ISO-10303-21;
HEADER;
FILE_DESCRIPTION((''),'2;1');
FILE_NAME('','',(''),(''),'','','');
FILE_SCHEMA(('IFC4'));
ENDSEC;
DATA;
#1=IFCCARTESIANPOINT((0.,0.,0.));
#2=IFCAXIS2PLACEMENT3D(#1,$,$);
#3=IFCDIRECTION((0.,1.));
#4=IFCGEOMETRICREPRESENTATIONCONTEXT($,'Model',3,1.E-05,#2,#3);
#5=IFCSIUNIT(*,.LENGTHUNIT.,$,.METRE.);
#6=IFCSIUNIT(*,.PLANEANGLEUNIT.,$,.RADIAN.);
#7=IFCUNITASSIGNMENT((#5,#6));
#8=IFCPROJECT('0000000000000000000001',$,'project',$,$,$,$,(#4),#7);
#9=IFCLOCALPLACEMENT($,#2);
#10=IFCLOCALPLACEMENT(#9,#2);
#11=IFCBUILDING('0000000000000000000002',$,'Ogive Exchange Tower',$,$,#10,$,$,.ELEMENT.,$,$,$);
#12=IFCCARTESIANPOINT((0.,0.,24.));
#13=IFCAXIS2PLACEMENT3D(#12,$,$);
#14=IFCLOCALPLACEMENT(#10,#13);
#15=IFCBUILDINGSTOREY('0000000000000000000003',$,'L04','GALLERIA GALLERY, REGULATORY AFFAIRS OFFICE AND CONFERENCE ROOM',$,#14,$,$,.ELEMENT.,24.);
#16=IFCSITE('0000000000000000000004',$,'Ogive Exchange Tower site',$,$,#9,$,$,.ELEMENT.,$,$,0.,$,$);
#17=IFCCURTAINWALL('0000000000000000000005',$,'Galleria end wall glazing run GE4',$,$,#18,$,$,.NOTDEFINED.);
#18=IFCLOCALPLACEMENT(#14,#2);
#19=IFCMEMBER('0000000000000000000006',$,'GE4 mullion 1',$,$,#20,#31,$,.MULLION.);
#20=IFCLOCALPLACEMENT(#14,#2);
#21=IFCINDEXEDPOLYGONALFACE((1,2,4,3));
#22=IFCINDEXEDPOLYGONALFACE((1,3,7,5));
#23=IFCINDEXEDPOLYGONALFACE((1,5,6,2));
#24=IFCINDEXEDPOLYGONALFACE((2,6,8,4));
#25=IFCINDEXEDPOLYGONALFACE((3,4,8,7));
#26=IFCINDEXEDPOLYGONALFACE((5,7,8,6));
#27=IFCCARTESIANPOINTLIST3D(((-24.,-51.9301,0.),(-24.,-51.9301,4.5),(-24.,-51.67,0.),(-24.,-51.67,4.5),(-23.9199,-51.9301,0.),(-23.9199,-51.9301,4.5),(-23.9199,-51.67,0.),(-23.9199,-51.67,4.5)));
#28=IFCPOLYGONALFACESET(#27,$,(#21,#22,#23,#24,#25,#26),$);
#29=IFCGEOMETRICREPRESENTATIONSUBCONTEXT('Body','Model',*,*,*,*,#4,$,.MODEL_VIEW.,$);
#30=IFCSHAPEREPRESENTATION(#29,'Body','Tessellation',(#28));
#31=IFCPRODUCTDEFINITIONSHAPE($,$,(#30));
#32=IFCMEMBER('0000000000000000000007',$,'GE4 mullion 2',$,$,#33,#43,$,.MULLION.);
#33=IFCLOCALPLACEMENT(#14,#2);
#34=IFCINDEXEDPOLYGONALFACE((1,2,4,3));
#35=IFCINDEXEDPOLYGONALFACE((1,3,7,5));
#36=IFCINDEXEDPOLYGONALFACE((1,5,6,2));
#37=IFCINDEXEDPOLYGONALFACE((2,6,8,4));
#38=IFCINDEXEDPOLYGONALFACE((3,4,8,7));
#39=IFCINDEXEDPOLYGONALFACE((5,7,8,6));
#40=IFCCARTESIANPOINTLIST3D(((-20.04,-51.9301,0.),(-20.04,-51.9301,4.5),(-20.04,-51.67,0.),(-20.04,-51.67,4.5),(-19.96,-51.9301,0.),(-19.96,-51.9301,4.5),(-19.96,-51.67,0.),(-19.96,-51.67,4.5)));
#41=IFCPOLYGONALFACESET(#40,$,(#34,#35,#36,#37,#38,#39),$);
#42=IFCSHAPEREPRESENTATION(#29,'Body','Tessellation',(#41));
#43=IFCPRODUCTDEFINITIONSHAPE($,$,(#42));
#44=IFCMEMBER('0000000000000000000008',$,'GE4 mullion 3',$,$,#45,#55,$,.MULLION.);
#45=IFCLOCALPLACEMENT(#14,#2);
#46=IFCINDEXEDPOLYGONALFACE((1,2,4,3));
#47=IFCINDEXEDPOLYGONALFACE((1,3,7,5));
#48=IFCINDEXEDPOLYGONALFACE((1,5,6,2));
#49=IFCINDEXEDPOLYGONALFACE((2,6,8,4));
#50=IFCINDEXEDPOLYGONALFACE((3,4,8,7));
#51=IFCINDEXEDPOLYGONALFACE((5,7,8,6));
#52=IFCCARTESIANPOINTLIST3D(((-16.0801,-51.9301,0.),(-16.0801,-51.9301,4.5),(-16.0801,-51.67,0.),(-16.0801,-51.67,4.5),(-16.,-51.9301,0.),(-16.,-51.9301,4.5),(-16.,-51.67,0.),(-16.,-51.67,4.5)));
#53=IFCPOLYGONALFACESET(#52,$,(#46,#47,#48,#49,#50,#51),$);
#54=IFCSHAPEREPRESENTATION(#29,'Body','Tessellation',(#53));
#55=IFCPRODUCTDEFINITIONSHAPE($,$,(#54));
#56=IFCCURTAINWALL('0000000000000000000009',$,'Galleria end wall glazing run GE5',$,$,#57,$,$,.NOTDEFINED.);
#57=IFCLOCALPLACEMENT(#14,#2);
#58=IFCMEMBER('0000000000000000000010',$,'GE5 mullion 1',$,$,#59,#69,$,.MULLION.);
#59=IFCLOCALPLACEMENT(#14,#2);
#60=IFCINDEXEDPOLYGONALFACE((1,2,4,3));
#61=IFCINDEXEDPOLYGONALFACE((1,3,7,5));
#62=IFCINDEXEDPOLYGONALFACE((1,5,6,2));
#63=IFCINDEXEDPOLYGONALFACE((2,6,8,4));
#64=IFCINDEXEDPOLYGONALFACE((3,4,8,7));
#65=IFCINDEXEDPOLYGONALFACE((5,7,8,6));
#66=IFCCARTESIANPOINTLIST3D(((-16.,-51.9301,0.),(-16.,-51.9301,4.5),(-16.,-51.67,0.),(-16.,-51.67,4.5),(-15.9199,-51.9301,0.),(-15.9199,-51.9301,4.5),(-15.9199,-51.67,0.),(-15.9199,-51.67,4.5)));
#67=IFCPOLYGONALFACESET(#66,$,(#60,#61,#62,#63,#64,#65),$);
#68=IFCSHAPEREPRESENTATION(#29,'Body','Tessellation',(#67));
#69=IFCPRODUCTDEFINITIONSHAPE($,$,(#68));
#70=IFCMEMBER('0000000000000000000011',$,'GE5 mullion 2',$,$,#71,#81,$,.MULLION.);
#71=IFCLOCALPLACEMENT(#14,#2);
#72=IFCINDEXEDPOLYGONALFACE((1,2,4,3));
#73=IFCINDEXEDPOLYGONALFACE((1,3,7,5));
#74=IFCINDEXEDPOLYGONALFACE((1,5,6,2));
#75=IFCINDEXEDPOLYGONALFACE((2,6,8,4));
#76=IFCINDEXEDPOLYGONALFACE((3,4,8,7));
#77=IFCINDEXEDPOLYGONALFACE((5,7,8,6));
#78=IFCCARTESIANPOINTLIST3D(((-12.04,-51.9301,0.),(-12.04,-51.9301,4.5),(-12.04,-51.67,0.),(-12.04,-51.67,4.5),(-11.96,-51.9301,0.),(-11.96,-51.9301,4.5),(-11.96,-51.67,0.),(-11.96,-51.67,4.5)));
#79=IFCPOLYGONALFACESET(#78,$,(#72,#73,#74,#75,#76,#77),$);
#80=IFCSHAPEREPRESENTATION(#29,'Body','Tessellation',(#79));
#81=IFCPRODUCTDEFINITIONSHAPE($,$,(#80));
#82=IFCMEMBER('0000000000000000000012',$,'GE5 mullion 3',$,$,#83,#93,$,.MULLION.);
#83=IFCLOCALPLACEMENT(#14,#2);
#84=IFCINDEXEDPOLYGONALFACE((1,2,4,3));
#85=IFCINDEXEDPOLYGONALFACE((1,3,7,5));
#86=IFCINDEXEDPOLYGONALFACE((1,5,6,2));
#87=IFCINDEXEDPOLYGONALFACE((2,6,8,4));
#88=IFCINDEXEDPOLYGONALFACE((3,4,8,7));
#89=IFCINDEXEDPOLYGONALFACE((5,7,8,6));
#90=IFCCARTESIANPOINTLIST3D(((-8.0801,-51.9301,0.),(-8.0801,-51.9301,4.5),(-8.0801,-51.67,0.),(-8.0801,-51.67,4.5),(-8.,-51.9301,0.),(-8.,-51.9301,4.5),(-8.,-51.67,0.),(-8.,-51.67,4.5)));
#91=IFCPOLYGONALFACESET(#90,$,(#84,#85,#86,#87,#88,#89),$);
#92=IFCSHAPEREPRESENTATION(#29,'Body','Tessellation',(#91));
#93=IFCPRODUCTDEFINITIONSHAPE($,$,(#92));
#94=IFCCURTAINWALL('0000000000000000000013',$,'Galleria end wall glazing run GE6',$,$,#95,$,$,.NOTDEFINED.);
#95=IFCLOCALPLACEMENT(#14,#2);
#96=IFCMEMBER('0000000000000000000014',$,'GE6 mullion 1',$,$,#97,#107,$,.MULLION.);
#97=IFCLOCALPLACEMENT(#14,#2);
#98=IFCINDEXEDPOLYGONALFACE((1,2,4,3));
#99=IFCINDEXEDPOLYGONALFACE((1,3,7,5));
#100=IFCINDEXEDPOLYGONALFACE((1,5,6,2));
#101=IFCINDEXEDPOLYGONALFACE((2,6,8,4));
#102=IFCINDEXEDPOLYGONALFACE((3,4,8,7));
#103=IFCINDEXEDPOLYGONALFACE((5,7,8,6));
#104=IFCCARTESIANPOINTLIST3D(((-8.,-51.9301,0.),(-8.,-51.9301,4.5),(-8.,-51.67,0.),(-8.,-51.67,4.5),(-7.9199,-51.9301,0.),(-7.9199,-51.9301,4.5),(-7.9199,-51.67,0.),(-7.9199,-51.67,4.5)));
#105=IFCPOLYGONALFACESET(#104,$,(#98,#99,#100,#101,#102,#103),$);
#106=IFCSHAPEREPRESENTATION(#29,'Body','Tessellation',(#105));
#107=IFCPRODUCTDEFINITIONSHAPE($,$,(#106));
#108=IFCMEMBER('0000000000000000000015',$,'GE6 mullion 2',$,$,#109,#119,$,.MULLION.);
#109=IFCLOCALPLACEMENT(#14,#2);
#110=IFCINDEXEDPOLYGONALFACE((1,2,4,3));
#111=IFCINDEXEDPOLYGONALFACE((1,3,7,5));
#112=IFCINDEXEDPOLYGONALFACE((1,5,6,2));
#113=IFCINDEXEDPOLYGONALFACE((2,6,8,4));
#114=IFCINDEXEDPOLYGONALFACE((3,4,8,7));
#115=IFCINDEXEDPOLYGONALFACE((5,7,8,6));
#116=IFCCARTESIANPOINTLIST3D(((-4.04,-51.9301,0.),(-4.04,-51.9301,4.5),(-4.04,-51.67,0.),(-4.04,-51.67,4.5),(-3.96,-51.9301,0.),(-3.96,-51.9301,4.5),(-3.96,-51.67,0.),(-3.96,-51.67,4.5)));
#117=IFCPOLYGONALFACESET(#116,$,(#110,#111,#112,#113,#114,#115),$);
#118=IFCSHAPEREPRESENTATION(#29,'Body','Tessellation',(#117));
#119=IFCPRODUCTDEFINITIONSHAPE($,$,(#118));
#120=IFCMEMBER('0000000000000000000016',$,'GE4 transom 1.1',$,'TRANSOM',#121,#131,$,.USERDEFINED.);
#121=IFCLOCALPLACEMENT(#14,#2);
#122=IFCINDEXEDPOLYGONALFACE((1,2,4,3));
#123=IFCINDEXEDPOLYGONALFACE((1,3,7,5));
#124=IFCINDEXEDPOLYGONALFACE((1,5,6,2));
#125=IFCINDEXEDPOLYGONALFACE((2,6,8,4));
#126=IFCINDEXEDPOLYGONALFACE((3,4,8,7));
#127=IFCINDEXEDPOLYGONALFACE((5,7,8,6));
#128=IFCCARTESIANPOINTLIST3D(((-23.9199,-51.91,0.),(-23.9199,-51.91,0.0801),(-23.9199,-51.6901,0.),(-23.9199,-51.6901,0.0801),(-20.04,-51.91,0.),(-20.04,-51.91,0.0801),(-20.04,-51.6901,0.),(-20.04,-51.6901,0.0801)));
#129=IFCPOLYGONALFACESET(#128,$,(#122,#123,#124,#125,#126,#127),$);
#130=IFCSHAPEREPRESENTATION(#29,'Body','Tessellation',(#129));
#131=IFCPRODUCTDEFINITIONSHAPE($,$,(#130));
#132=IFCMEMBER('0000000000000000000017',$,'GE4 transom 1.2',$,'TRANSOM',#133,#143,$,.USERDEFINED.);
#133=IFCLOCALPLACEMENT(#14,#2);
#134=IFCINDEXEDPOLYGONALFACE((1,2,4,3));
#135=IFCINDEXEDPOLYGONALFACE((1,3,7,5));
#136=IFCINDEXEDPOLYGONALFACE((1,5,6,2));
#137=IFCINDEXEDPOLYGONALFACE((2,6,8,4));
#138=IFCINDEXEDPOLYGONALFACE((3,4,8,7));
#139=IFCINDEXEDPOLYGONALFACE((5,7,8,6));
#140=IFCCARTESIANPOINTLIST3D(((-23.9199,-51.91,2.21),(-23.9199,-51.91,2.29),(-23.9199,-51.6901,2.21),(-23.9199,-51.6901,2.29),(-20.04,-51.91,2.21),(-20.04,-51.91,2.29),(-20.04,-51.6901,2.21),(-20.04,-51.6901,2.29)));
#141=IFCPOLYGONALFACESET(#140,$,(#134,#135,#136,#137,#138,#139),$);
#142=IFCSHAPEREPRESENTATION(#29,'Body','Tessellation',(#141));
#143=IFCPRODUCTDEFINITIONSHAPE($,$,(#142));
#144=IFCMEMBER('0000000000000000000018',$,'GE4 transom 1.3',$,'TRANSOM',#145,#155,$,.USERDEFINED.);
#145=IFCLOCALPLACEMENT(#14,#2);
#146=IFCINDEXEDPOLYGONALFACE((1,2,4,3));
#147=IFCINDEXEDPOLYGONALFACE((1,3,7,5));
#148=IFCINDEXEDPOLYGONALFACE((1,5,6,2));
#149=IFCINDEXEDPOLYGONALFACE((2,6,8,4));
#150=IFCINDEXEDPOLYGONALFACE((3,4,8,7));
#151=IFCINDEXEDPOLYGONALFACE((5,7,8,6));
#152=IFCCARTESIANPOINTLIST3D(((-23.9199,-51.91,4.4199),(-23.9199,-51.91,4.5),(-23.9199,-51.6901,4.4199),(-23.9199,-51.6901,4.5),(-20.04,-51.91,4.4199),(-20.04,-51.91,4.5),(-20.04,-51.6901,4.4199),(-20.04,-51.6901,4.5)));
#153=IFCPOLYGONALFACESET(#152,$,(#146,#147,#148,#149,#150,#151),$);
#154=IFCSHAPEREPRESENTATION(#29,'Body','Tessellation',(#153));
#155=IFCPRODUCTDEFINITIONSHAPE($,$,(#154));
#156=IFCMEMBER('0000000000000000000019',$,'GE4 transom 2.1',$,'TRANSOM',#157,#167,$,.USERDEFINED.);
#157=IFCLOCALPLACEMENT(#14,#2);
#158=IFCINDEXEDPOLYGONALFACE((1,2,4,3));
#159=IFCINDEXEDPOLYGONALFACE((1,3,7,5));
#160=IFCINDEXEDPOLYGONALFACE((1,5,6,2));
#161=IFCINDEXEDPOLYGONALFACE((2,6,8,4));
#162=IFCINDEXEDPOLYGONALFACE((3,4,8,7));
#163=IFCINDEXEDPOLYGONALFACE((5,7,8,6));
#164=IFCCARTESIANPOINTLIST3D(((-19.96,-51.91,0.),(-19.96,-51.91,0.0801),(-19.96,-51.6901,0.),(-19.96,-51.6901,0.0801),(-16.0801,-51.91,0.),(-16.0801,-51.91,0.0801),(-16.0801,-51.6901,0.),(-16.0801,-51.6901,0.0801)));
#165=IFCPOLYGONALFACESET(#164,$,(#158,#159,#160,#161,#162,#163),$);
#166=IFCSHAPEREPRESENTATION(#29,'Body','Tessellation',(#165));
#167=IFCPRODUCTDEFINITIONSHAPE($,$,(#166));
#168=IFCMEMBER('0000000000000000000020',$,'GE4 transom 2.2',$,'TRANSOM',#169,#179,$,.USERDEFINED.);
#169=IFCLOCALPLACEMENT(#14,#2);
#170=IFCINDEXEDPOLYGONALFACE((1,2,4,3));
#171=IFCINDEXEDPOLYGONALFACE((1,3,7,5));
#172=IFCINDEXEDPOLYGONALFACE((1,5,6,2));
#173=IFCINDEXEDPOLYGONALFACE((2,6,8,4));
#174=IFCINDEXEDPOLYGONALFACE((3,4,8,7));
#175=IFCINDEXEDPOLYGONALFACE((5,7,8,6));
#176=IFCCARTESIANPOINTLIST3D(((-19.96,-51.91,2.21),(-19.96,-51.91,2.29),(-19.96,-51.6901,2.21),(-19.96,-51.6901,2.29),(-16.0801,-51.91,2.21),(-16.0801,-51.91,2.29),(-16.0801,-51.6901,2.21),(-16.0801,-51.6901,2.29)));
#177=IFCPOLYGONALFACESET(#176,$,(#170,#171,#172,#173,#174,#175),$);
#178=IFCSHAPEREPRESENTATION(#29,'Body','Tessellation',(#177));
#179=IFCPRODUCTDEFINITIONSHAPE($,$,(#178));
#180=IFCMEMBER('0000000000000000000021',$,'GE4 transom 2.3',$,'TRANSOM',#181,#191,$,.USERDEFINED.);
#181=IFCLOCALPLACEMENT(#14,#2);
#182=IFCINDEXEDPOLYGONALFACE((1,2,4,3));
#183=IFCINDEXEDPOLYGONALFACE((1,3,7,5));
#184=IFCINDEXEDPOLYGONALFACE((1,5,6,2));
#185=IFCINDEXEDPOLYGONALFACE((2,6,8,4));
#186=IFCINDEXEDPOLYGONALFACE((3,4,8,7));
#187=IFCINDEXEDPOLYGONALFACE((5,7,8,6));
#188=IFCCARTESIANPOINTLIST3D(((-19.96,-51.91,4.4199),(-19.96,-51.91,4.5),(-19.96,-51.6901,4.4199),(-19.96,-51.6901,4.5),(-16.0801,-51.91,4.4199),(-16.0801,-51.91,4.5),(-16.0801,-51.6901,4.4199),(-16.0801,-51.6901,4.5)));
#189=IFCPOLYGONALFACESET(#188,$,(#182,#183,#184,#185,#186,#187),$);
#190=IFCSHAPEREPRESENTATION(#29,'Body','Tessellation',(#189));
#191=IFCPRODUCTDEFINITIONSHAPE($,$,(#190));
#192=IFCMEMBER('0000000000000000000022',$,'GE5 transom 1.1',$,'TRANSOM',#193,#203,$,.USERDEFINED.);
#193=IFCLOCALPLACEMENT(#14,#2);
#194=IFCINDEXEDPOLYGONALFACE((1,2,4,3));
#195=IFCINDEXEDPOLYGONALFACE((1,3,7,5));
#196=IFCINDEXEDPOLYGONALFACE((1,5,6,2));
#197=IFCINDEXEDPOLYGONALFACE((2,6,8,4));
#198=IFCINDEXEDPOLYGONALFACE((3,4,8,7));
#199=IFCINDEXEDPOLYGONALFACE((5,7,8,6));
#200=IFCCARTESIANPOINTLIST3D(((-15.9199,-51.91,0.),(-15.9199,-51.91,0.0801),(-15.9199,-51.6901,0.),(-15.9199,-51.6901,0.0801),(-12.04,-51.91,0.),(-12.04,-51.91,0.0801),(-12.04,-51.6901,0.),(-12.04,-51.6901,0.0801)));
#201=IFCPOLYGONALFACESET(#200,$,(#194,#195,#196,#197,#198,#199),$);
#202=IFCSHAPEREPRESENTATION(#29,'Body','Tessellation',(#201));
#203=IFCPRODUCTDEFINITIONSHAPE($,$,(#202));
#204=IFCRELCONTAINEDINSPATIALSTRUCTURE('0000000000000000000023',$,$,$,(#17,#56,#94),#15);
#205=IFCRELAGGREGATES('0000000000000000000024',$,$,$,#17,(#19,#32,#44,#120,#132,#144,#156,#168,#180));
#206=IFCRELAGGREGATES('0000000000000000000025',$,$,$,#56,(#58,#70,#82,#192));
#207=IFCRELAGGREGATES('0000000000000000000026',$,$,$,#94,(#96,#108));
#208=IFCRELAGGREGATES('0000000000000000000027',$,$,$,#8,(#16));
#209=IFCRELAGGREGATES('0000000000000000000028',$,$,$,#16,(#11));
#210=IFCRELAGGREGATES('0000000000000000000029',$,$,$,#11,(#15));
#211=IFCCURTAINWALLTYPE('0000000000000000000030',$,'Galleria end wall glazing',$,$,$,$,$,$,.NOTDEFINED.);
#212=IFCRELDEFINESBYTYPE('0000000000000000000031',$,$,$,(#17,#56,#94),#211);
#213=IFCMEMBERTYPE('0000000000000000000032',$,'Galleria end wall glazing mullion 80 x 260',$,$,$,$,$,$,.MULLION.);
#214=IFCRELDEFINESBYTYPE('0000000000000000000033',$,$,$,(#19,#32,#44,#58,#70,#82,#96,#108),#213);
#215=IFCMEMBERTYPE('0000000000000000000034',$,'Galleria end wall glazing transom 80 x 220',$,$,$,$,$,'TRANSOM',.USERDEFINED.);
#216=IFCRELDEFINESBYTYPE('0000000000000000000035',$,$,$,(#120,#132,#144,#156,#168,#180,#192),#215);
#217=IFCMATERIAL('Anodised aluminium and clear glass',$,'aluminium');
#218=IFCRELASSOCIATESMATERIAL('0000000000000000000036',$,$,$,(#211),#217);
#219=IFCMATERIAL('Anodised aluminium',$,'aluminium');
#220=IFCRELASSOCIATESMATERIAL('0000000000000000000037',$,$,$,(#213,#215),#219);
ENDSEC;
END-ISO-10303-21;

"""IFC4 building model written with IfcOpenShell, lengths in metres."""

from ifc_helpers import new_model, si_unit, direction, frame, origin, origin_2d, place, context, subcontext, project, spatial, rectangle, extrude, material, material_profile, profile_set, type_object, element, aggregate, save


model = new_model("IFC4")

# Units and contexts
model_context = context("Model", 3, precision=1e-05, world=origin(), true_north=direction((0.0, 1.0)))
body_context = subcontext(model_context, "Body", "Model", "MODEL_VIEW")
ifc_project = project(units=[si_unit("LENGTHUNIT", "METRE"), si_unit("PLANEANGLEUNIT", "RADIAN")], contexts=[model_context])

# Site, building, storey
site_placement = place(None, origin())
site = spatial("IfcSite", under=ifc_project, at=site_placement, Name="Ogive Exchange Tower site", CompositionType="ELEMENT", RefElevation=0.0)
building_placement = place(site_placement, origin())
building = spatial("IfcBuilding", under=site, at=building_placement, Name="Ogive Exchange Tower", CompositionType="ELEMENT")
storey_placement = place(building_placement, frame((0.0, 0.0, 24.0)))
storey = spatial("IfcBuildingStorey", under=building, at=storey_placement, Name="L04", Description="GALLERIA GALLERY, REGULATORY AFFAIRS OFFICE AND CONFERENCE ROOM", CompositionType="ELEMENT", Elevation=24.0)

# Curtain walls, members
ifc_material_1 = material(Name="Anodised aluminium and clear glass", Category="aluminium")
curtain_wall_type = type_object("IfcCurtainWallType", Name="Galleria end wall glazing", PredefinedType="NOTDEFINED", material=ifc_material_1)
curtain_wall_1_placement = place(storey_placement, origin())
curtain_wall_1 = element("IfcCurtainWall", 1, at=curtain_wall_1_placement, inside=storey, type_object=curtain_wall_type, Name="Galleria end wall glazing run GE4", PredefinedType="NOTDEFINED")
ifc_material_2 = material(Name="Anodised aluminium", Category="aluminium")
ifc_material_profile_1 = material_profile(ifc_material_2, rectangle(XDim=0.26, YDim=0.0801, at=origin_2d()), Name="AL 80x260")
ifc_profile_set_1 = profile_set([ifc_material_profile_1], Name="Anodised aluminium")
member_type_1 = type_object("IfcMemberType", Name="Galleria end wall glazing mullion 80 x 260", PredefinedType="MULLION", material=ifc_profile_set_1)
member_1_placement = place(storey_placement, frame((-23.96, -51.8, 0.0), z_axis=(0.0, 0.0, 1.0), x_axis=(0.0, 1.0, 0.0)))
member_1 = element("IfcMember", 2, at=member_1_placement, type_object=member_type_1, Name="GE4 mullion 1", PredefinedType="MULLION", context=body_context, shape_type="SweptSolid", body=[
    extrude(rectangle(XDim=0.26, YDim=0.0801, at=origin_2d()), origin(), (0.0, 0.0, 1.0), 4.5),
])
member_2_placement = place(storey_placement, frame((-20.0, -51.8, 0.0), z_axis=(0.0, 0.0, 1.0), x_axis=(0.0, 1.0, 0.0)))
member_2 = element("IfcMember", 3, at=member_2_placement, type_object=member_type_1, Name="GE4 mullion 2", PredefinedType="MULLION", context=body_context, shape_type="SweptSolid", body=[
    extrude(rectangle(XDim=0.26, YDim=0.0801, at=origin_2d()), origin(), (0.0, 0.0, 1.0), 4.5),
])
member_3_placement = place(storey_placement, frame((-16.04, -51.8, 0.0), z_axis=(0.0, 0.0, 1.0), x_axis=(0.0, 1.0, 0.0)))
member_3 = element("IfcMember", 4, at=member_3_placement, type_object=member_type_1, Name="GE4 mullion 3", PredefinedType="MULLION", context=body_context, shape_type="SweptSolid", body=[
    extrude(rectangle(XDim=0.26, YDim=0.0801, at=origin_2d()), origin(), (0.0, 0.0, 1.0), 4.5),
])
curtain_wall_2_placement = place(storey_placement, origin())
curtain_wall_2 = element("IfcCurtainWall", 5, at=curtain_wall_2_placement, inside=storey, type_object=curtain_wall_type, Name="Galleria end wall glazing run GE5", PredefinedType="NOTDEFINED")
member_4_placement = place(storey_placement, frame((-15.96, -51.8, 0.0), z_axis=(0.0, 0.0, 1.0), x_axis=(0.0, 1.0, 0.0)))
member_4 = element("IfcMember", 6, at=member_4_placement, type_object=member_type_1, Name="GE5 mullion 1", PredefinedType="MULLION", context=body_context, shape_type="SweptSolid", body=[
    extrude(rectangle(XDim=0.26, YDim=0.0801, at=origin_2d()), origin(), (0.0, 0.0, 1.0), 4.5),
])
member_5_placement = place(storey_placement, frame((-12.0, -51.8, 0.0), z_axis=(0.0, 0.0, 1.0), x_axis=(0.0, 1.0, 0.0)))
member_5 = element("IfcMember", 7, at=member_5_placement, type_object=member_type_1, Name="GE5 mullion 2", PredefinedType="MULLION", context=body_context, shape_type="SweptSolid", body=[
    extrude(rectangle(XDim=0.26, YDim=0.0801, at=origin_2d()), origin(), (0.0, 0.0, 1.0), 4.5),
])
member_6_placement = place(storey_placement, frame((-8.04, -51.8, 0.0), z_axis=(0.0, 0.0, 1.0), x_axis=(0.0, 1.0, 0.0)))
member_6 = element("IfcMember", 8, at=member_6_placement, type_object=member_type_1, Name="GE5 mullion 3", PredefinedType="MULLION", context=body_context, shape_type="SweptSolid", body=[
    extrude(rectangle(XDim=0.26, YDim=0.0801, at=origin_2d()), origin(), (0.0, 0.0, 1.0), 4.5),
])
curtain_wall_3_placement = place(storey_placement, origin())
curtain_wall_3 = element("IfcCurtainWall", 9, at=curtain_wall_3_placement, inside=storey, type_object=curtain_wall_type, Name="Galleria end wall glazing run GE6", PredefinedType="NOTDEFINED")
member_7_placement = place(storey_placement, frame((-7.96, -51.8, 0.0), z_axis=(0.0, 0.0, 1.0), x_axis=(0.0, 1.0, 0.0)))
member_7 = element("IfcMember", 10, at=member_7_placement, type_object=member_type_1, Name="GE6 mullion 1", PredefinedType="MULLION", context=body_context, shape_type="SweptSolid", body=[
    extrude(rectangle(XDim=0.26, YDim=0.0801, at=origin_2d()), origin(), (0.0, 0.0, 1.0), 4.5),
])
member_8_placement = place(storey_placement, frame((-4.0, -51.8, 0.0), z_axis=(0.0, 0.0, 1.0), x_axis=(0.0, 1.0, 0.0)))
member_8 = element("IfcMember", 11, at=member_8_placement, type_object=member_type_1, Name="GE6 mullion 2", PredefinedType="MULLION", context=body_context, shape_type="SweptSolid", body=[
    extrude(rectangle(XDim=0.26, YDim=0.0801, at=origin_2d()), origin(), (0.0, 0.0, 1.0), 4.5),
])

# Members
ifc_material_profile_2 = material_profile(ifc_material_2, rectangle(XDim=0.22, YDim=0.0801, at=origin_2d()), Name="AL 80x220")
ifc_profile_set_2 = profile_set([ifc_material_profile_2], Name="Anodised aluminium")
member_type_2 = type_object("IfcMemberType", Name="Galleria end wall glazing transom 80 x 220", ElementType="TRANSOM", PredefinedType="USERDEFINED", material=ifc_profile_set_2)
member_9_placement = place(storey_placement, frame((-23.9199, -51.8, 0.04), z_axis=(1.0, 0.0, 0.0), x_axis=(0.0, 1.0, 0.0)))
member_9 = element("IfcMember", 12, at=member_9_placement, type_object=member_type_2, Name="GE4 transom 1.1", ObjectType="TRANSOM", PredefinedType="USERDEFINED", context=body_context, shape_type="SweptSolid", body=[
    extrude(rectangle(XDim=0.22, YDim=0.0801, at=origin_2d()), origin(), (0.0, 0.0, 1.0), 3.8799),
])
member_10_placement = place(storey_placement, frame((-23.9199, -51.8, 2.25), z_axis=(1.0, 0.0, 0.0), x_axis=(0.0, 1.0, 0.0)))
member_10 = element("IfcMember", 13, at=member_10_placement, type_object=member_type_2, Name="GE4 transom 1.2", ObjectType="TRANSOM", PredefinedType="USERDEFINED", context=body_context, shape_type="SweptSolid", body=[
    extrude(rectangle(XDim=0.22, YDim=0.0801, at=origin_2d()), origin(), (0.0, 0.0, 1.0), 3.8799),
])
member_11_placement = place(storey_placement, frame((-23.9199, -51.8, 4.46), z_axis=(1.0, 0.0, 0.0), x_axis=(0.0, 1.0, 0.0)))
member_11 = element("IfcMember", 14, at=member_11_placement, type_object=member_type_2, Name="GE4 transom 1.3", ObjectType="TRANSOM", PredefinedType="USERDEFINED", context=body_context, shape_type="SweptSolid", body=[
    extrude(rectangle(XDim=0.22, YDim=0.0801, at=origin_2d()), origin(), (0.0, 0.0, 1.0), 3.8799),
])
member_12_placement = place(storey_placement, frame((-19.96, -51.8, 0.04), z_axis=(1.0, 0.0, 0.0), x_axis=(0.0, 1.0, 0.0)))
member_12 = element("IfcMember", 15, at=member_12_placement, type_object=member_type_2, Name="GE4 transom 2.1", ObjectType="TRANSOM", PredefinedType="USERDEFINED", context=body_context, shape_type="SweptSolid", body=[
    extrude(rectangle(XDim=0.22, YDim=0.0801, at=origin_2d()), origin(), (0.0, 0.0, 1.0), 3.8799),
])
member_13_placement = place(storey_placement, frame((-19.96, -51.8, 2.25), z_axis=(1.0, 0.0, 0.0), x_axis=(0.0, 1.0, 0.0)))
member_13 = element("IfcMember", 16, at=member_13_placement, type_object=member_type_2, Name="GE4 transom 2.2", ObjectType="TRANSOM", PredefinedType="USERDEFINED", context=body_context, shape_type="SweptSolid", body=[
    extrude(rectangle(XDim=0.22, YDim=0.0801, at=origin_2d()), origin(), (0.0, 0.0, 1.0), 3.8799),
])
member_14_placement = place(storey_placement, frame((-19.96, -51.8, 4.46), z_axis=(1.0, 0.0, 0.0), x_axis=(0.0, 1.0, 0.0)))
member_14 = element("IfcMember", 17, at=member_14_placement, type_object=member_type_2, Name="GE4 transom 2.3", ObjectType="TRANSOM", PredefinedType="USERDEFINED", context=body_context, shape_type="SweptSolid", body=[
    extrude(rectangle(XDim=0.22, YDim=0.0801, at=origin_2d()), origin(), (0.0, 0.0, 1.0), 3.8799),
])
member_15_placement = place(storey_placement, frame((-15.9199, -51.8, 0.04), z_axis=(1.0, 0.0, 0.0), x_axis=(0.0, 1.0, 0.0)))
member_15 = element("IfcMember", 18, at=member_15_placement, type_object=member_type_2, Name="GE5 transom 1.1", ObjectType="TRANSOM", PredefinedType="USERDEFINED", context=body_context, shape_type="SweptSolid", body=[
    extrude(rectangle(XDim=0.22, YDim=0.0801, at=origin_2d()), origin(), (0.0, 0.0, 1.0), 3.8799),
])

aggregate(curtain_wall_1, [member_1, member_2, member_3, member_9, member_10, member_11, member_12, member_13, member_14])
aggregate(curtain_wall_2, [member_4, member_5, member_6, member_15])
aggregate(curtain_wall_3, [member_7, member_8])

save(model, "model.ifc")
